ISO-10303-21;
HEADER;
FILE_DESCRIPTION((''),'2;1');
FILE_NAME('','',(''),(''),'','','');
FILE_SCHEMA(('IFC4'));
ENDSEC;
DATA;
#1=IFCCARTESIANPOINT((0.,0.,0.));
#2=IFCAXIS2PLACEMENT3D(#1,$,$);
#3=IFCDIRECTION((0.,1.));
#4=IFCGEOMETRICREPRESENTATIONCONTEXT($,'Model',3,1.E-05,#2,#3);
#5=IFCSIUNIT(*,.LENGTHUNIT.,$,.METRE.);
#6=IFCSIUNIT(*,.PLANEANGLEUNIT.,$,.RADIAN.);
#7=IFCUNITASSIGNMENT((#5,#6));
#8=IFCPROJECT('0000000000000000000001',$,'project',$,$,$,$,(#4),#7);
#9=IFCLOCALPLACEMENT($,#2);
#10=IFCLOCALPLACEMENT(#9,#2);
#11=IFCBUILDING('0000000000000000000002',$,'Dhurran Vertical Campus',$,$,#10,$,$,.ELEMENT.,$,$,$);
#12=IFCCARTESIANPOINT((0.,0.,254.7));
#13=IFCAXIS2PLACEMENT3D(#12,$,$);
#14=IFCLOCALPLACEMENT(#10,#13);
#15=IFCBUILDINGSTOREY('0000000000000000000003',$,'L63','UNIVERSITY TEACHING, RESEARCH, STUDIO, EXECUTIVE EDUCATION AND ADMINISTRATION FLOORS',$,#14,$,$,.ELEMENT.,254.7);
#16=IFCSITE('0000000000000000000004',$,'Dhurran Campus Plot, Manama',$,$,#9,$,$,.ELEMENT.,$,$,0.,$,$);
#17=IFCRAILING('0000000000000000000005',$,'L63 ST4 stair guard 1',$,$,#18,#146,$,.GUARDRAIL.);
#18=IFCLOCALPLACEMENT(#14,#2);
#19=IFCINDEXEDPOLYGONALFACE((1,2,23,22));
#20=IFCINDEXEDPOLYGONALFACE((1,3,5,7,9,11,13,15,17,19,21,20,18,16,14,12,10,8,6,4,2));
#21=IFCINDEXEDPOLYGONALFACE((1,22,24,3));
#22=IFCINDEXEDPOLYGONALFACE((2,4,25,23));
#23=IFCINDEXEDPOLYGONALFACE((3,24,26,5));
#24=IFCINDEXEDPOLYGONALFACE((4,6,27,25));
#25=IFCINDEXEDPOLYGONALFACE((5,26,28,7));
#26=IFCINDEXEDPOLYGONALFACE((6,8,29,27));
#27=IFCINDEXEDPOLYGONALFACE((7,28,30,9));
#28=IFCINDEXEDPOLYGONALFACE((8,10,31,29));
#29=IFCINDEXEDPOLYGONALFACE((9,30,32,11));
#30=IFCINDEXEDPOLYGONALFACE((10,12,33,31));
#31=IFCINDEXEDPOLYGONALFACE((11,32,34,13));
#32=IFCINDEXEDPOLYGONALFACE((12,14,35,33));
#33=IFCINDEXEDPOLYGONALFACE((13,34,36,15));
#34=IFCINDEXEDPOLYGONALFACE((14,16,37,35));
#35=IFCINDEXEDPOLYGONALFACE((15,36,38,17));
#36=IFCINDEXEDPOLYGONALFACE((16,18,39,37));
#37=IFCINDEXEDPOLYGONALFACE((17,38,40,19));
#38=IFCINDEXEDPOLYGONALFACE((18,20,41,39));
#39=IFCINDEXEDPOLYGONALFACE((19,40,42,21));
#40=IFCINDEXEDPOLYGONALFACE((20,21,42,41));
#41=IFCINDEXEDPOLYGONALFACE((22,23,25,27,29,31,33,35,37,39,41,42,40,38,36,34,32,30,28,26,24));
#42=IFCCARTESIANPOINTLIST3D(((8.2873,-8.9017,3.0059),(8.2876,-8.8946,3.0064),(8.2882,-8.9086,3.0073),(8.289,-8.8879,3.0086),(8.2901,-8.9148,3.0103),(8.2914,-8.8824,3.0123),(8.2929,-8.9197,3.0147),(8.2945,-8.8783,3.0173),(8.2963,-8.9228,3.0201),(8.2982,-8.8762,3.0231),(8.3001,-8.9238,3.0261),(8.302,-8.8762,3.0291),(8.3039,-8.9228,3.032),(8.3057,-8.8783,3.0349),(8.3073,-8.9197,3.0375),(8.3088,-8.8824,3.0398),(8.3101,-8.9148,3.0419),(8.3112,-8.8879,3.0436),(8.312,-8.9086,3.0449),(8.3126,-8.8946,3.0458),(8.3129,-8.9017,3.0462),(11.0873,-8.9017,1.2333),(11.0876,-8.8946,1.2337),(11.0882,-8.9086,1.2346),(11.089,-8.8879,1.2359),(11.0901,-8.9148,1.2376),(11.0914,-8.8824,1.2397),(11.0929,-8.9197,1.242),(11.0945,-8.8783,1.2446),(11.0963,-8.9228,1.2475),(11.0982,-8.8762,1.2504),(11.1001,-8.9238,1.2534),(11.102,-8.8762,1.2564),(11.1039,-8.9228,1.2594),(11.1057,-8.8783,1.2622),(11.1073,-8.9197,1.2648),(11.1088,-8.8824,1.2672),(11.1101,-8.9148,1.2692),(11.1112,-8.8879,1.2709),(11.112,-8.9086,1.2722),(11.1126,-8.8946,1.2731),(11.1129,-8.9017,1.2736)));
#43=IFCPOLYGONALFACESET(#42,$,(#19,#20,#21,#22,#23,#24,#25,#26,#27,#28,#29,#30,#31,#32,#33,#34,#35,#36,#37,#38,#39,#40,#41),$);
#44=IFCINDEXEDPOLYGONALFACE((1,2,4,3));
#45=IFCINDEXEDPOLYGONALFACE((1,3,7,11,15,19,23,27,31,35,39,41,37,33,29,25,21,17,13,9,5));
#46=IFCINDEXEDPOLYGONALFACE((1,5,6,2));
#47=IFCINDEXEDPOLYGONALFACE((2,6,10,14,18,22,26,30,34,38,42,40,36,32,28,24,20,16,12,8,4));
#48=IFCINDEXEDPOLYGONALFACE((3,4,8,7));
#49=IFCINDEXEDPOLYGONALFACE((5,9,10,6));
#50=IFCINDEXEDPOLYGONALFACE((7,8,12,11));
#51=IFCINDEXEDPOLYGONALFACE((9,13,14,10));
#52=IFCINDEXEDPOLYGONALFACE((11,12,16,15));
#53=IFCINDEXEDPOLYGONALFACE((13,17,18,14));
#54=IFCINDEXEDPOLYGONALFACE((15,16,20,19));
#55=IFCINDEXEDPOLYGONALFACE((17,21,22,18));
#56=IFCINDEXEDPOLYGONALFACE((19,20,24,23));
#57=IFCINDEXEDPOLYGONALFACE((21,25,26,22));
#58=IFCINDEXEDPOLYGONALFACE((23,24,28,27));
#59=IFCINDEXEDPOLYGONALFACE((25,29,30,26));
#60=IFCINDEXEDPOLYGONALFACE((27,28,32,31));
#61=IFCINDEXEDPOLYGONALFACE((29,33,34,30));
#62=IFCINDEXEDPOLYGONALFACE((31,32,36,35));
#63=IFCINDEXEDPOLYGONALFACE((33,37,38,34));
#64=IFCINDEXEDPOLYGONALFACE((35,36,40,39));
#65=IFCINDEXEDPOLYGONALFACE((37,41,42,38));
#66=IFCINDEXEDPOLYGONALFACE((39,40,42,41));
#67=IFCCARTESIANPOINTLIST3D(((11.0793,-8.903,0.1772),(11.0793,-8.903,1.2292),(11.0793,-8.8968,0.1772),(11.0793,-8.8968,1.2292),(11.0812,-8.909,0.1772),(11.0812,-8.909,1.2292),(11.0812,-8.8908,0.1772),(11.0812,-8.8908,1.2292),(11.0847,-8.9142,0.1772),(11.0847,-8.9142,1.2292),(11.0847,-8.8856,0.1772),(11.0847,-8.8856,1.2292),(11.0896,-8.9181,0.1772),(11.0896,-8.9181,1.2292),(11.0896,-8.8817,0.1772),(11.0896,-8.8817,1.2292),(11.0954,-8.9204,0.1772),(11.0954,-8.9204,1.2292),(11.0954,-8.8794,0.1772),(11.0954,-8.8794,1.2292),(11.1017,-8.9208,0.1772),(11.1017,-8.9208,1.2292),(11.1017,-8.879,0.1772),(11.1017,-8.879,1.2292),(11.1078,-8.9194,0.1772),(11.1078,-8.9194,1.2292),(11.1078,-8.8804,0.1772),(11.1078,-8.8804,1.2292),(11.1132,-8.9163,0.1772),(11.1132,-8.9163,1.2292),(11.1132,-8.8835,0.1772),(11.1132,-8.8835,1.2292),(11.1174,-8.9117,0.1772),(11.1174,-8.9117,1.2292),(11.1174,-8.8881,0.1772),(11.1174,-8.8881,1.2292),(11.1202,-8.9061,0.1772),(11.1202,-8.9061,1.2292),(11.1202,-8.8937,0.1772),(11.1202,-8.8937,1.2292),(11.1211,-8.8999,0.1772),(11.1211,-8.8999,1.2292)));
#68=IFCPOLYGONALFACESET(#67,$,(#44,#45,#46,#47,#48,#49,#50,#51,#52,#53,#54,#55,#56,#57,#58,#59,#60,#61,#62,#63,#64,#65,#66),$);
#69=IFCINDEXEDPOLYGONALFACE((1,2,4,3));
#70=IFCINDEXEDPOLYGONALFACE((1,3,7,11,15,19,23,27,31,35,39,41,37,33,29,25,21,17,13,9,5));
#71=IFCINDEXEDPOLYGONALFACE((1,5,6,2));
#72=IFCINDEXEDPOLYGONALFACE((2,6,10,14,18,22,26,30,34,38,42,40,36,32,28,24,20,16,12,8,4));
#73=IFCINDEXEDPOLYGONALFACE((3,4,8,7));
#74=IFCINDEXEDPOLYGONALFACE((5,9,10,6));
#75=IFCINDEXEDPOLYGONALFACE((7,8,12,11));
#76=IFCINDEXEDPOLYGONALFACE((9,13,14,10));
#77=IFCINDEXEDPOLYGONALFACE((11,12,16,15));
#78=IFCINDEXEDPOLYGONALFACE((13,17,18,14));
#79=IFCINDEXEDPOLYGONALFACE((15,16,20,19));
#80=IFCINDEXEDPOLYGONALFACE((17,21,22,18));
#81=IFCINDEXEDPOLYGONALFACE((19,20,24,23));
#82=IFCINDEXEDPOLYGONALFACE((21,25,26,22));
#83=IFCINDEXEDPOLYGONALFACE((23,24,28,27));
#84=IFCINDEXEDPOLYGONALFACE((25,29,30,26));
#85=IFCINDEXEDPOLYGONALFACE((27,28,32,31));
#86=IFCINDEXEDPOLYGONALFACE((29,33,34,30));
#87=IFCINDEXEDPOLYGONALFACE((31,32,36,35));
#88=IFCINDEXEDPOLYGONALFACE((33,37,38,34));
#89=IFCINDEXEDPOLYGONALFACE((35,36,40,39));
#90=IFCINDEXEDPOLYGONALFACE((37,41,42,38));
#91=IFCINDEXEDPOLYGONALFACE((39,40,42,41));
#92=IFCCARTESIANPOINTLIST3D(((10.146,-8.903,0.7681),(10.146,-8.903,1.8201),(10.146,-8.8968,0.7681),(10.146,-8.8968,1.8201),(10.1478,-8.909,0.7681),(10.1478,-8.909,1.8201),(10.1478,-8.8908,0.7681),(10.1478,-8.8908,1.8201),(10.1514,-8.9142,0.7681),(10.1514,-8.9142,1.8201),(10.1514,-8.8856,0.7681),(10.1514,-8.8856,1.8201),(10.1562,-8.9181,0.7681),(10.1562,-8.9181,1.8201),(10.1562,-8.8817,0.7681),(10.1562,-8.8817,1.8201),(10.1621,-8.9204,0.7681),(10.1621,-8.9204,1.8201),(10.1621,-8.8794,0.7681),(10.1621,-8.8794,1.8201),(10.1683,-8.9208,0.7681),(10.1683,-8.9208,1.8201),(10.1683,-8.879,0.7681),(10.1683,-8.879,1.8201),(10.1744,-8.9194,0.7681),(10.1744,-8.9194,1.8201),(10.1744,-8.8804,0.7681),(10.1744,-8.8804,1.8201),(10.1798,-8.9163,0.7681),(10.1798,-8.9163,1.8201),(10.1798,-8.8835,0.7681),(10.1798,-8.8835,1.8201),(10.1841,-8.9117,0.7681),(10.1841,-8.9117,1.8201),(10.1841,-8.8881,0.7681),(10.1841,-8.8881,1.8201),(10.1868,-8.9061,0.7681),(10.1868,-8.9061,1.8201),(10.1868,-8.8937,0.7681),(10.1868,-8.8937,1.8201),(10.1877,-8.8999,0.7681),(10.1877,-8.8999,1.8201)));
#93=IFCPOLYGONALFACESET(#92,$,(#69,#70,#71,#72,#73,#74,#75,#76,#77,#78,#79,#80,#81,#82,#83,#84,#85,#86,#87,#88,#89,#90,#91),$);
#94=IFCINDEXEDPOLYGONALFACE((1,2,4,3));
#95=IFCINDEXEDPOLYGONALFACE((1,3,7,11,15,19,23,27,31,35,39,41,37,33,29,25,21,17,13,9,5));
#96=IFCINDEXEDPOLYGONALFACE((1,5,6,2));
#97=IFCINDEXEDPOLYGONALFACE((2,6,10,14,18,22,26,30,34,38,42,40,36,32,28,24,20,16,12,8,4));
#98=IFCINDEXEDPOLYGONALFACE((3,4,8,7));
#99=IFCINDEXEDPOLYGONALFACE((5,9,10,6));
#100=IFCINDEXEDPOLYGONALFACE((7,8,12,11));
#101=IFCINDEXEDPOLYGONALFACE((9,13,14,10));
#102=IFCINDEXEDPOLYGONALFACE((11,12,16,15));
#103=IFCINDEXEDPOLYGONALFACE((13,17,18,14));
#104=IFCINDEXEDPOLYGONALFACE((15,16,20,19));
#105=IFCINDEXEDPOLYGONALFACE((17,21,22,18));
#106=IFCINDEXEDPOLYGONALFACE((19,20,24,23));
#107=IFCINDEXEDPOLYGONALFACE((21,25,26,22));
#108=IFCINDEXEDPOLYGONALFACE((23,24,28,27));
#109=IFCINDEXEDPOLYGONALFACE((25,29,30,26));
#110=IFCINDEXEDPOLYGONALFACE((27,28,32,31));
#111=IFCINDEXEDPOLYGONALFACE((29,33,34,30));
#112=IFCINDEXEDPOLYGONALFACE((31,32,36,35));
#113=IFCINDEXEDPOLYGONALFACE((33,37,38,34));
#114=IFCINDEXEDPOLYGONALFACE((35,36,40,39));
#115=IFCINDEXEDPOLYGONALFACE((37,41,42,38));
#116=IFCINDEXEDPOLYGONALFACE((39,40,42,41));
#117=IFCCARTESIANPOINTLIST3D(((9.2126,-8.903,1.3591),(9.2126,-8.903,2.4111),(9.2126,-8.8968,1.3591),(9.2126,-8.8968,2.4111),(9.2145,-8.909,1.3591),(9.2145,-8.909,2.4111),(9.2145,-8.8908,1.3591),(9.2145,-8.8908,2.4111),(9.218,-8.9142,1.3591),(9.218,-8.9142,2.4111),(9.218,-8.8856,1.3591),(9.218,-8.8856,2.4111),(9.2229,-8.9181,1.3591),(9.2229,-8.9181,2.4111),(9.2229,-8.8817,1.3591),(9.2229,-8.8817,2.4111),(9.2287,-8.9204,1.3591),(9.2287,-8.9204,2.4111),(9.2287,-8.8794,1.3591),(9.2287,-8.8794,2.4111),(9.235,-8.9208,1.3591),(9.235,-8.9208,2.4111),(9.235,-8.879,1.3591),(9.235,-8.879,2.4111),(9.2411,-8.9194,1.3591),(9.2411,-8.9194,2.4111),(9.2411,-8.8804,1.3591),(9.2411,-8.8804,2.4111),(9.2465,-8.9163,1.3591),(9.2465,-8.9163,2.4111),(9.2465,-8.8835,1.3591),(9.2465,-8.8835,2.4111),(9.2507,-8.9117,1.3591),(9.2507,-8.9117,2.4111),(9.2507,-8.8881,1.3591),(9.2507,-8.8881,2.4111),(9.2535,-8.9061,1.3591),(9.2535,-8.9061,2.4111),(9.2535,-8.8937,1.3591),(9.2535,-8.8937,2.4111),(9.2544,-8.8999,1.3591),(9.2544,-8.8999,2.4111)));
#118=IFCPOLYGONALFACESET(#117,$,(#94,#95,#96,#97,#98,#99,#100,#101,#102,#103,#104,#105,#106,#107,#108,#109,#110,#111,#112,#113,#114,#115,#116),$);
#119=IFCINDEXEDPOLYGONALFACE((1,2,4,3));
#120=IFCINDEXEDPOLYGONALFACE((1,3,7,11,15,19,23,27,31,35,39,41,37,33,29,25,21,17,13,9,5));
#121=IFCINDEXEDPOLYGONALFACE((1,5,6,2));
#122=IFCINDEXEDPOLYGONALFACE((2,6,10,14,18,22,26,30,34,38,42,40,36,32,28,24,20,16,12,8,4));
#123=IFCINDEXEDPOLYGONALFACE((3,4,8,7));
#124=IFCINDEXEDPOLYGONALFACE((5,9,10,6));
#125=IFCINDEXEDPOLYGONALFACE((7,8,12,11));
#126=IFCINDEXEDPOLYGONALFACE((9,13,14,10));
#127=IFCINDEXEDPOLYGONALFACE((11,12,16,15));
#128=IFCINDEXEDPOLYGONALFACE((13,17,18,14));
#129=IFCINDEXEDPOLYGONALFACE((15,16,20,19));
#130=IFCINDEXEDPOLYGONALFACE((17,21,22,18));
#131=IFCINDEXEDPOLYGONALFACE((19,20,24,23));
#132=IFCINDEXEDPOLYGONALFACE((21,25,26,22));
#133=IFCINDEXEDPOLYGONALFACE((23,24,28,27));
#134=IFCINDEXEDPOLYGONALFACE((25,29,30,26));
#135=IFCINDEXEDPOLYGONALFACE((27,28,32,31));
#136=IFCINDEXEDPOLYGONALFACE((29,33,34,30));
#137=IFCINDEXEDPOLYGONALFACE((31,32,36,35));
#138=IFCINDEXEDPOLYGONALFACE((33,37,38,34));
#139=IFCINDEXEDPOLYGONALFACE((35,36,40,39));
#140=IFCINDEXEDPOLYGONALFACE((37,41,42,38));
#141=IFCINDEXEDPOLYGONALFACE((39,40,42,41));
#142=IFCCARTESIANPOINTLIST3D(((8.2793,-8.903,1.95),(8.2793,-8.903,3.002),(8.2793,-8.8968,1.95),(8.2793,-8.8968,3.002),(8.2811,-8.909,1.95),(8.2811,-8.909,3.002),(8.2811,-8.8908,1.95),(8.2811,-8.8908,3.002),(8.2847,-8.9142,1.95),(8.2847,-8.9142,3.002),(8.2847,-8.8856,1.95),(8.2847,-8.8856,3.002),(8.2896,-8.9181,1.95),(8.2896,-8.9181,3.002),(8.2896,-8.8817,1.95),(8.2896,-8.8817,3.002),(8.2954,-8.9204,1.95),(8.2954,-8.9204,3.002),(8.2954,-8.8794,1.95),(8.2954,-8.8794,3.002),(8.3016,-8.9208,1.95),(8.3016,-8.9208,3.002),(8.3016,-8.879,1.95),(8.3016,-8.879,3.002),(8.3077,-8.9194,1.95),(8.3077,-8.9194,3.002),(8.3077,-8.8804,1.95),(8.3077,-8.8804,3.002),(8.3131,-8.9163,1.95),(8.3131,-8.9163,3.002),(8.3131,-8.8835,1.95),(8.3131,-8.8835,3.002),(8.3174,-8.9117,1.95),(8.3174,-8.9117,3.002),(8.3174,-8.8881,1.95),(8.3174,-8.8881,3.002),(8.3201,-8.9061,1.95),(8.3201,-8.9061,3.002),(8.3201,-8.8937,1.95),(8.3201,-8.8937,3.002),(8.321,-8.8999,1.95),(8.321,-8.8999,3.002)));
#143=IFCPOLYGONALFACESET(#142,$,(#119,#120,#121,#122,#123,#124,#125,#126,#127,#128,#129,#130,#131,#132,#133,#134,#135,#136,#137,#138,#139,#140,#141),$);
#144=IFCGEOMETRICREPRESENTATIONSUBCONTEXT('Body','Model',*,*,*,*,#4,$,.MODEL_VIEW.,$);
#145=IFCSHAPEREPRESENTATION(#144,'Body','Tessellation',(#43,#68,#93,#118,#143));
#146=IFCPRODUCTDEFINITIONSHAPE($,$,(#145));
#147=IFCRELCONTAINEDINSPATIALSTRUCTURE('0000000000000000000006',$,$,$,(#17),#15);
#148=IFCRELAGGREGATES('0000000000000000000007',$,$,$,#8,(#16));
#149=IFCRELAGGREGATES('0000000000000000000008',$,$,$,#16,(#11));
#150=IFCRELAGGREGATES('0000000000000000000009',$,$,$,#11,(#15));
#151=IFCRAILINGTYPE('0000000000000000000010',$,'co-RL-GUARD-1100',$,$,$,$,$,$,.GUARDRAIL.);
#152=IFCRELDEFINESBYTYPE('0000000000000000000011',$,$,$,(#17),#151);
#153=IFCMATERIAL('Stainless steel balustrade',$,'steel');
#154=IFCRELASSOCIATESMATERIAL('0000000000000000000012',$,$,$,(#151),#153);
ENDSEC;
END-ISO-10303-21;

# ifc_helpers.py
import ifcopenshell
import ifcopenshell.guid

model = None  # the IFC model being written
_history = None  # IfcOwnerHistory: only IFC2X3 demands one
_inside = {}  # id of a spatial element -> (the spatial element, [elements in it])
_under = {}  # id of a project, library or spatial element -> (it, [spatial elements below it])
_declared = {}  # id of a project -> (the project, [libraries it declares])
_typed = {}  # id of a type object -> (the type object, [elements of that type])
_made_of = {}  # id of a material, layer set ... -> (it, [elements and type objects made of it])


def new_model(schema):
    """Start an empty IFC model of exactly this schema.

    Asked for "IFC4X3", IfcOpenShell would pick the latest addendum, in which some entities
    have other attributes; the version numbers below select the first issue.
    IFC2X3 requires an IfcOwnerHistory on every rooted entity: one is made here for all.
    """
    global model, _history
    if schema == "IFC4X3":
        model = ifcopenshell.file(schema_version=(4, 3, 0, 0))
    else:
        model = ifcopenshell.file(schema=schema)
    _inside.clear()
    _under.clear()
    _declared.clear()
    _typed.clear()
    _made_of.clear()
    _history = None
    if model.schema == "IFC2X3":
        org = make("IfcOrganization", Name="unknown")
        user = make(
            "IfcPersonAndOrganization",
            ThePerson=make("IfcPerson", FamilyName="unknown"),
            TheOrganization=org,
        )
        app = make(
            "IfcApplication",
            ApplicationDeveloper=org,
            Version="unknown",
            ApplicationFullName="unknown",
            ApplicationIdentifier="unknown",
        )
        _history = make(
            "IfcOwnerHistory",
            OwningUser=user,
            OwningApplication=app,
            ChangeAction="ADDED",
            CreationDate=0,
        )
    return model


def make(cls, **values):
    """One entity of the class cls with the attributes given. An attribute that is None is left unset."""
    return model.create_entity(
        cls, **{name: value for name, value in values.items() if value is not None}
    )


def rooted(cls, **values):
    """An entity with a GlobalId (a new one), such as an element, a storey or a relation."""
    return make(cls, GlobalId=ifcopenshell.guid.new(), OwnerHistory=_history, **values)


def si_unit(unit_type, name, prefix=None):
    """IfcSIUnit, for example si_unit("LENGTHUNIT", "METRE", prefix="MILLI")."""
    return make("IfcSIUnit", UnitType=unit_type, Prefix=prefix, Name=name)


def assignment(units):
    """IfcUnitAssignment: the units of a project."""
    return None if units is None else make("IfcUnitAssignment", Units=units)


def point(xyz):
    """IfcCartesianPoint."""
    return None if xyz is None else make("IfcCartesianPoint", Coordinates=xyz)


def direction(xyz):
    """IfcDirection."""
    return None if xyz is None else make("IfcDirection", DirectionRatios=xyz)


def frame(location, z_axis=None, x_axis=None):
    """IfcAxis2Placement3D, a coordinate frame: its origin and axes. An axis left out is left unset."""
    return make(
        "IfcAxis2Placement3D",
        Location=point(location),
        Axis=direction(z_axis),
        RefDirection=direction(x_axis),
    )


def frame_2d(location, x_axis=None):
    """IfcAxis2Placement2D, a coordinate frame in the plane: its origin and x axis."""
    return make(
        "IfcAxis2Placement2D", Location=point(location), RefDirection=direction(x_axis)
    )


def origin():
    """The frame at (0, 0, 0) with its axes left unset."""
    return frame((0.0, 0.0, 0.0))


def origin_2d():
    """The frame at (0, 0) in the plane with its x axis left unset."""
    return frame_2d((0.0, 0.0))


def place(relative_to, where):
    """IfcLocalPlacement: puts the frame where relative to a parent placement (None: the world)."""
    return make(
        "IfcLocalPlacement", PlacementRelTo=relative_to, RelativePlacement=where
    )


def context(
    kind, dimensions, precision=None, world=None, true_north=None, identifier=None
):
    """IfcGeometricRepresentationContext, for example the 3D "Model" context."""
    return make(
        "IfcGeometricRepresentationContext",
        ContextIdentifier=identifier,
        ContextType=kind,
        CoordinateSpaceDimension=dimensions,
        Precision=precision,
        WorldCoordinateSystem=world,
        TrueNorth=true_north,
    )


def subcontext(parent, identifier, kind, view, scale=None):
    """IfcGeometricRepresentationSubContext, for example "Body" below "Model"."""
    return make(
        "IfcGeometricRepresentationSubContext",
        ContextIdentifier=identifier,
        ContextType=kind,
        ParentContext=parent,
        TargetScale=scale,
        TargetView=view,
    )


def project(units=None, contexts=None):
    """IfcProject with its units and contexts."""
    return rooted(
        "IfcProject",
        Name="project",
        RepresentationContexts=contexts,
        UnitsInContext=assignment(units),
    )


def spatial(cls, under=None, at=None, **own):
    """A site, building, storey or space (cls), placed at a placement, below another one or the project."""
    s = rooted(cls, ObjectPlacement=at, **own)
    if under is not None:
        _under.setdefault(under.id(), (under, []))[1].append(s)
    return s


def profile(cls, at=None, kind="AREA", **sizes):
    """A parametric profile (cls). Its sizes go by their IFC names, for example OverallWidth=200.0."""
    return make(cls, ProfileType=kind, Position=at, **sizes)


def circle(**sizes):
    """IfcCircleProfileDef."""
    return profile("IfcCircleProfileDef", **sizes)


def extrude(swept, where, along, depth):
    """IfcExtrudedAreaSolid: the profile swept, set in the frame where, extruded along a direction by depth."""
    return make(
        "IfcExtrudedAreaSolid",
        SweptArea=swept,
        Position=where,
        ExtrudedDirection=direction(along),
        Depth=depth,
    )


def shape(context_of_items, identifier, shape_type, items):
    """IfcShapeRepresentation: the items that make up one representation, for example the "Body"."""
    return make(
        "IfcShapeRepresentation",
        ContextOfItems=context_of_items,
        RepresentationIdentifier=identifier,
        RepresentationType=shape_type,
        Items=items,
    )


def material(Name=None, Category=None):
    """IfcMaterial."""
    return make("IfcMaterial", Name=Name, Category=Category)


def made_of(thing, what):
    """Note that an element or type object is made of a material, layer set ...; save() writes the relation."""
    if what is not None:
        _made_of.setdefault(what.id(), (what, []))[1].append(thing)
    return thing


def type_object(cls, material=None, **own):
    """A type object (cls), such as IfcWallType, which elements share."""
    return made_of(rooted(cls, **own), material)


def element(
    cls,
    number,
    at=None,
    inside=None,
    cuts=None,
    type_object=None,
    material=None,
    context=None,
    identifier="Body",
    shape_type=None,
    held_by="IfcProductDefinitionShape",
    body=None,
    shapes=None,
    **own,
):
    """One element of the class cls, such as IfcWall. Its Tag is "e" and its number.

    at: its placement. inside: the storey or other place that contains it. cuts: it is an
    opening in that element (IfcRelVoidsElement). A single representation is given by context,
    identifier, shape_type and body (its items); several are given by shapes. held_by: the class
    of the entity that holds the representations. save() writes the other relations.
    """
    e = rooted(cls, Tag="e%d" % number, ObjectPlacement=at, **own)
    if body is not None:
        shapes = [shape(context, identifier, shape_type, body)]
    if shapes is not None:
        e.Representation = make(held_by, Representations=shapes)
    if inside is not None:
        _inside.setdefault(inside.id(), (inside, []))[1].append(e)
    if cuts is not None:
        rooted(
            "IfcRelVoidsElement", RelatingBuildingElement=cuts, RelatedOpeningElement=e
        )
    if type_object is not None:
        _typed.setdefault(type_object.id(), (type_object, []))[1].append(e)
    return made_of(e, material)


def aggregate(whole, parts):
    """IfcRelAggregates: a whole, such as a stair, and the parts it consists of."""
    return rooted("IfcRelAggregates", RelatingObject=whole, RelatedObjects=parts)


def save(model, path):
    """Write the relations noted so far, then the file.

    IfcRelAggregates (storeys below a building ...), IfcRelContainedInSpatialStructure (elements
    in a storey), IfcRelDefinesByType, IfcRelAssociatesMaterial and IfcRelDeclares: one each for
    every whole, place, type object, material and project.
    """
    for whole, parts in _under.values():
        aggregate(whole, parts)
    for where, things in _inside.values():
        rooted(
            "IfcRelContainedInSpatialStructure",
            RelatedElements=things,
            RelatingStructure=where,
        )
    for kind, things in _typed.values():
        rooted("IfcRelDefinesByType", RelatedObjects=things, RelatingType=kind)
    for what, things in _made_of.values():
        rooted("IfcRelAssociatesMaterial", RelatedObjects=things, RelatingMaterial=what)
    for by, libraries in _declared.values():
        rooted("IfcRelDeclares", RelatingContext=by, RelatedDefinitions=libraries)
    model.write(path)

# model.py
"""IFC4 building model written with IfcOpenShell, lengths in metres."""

from ifc_helpers import new_model, si_unit, direction, frame, origin, origin_2d, place, context, subcontext, project, spatial, circle, extrude, material, type_object, element, save


model = new_model("IFC4")

# Units and contexts
model_context = context("Model", 3, precision=1e-05, world=origin(), true_north=direction((0.0, 1.0)))
body_context = subcontext(model_context, "Body", "Model", "MODEL_VIEW")
ifc_project = project(units=[si_unit("LENGTHUNIT", "METRE"), si_unit("PLANEANGLEUNIT", "RADIAN")], contexts=[model_context])

# Site, building, storey
site_placement = place(None, origin())
site = spatial("IfcSite", under=ifc_project, at=site_placement, Name="Dhurran Campus Plot, Manama", CompositionType="ELEMENT", RefElevation=0.0)
building_placement = place(site_placement, origin())
building = spatial("IfcBuilding", under=site, at=building_placement, Name="Dhurran Vertical Campus", CompositionType="ELEMENT")
storey_placement = place(building_placement, frame((0.0, 0.0, 254.7)))
storey = spatial("IfcBuildingStorey", under=building, at=storey_placement, Name="L63", Description="UNIVERSITY TEACHING, RESEARCH, STUDIO, EXECUTIVE EDUCATION AND ADMINISTRATION FLOORS", CompositionType="ELEMENT", Elevation=254.7)

# Railing
ifc_material_1 = material(Name="Stainless steel balustrade", Category="steel")
railing_type_1 = type_object("IfcRailingType", Name="co-RL-GUARD-1100", PredefinedType="GUARDRAIL", material=ifc_material_1)
railing_1_placement = place(storey_placement, frame((11.1001, -8.8999, 0.1772)))
element("IfcRailing", 1, at=railing_1_placement, inside=storey, type_object=railing_type_1, Name="L63 ST4 stair guard 1", PredefinedType="GUARDRAIL", context=body_context, shape_type="SweptSolid", body=[
    extrude(circle(Radius=0.0239, at=origin_2d()), frame((0.0, 0.0, 1.0762), z_axis=(-0.844909, 0.0, 0.53491), x_axis=(0.0, -1.0, 0.0)), (0.0, 0.0, 1.0), 3.314),
    extrude(circle(Radius=0.021, at=origin_2d()), origin(), (0.0, 0.0, 1.0), 1.052),
    extrude(circle(Radius=0.021, at=origin_2d()), frame((-0.9333, 0.0, 0.5908)), (0.0, 0.0, 1.0), 1.052),
    extrude(circle(Radius=0.021, at=origin_2d()), frame((-1.8667, 0.0, 1.1819)), (0.0, 0.0, 1.0), 1.052),
    extrude(circle(Radius=0.021, at=origin_2d()), frame((-2.8, 0.0, 1.7727)), (0.0, 0.0, 1.0), 1.052),
])

save(model, "model.ifc")
